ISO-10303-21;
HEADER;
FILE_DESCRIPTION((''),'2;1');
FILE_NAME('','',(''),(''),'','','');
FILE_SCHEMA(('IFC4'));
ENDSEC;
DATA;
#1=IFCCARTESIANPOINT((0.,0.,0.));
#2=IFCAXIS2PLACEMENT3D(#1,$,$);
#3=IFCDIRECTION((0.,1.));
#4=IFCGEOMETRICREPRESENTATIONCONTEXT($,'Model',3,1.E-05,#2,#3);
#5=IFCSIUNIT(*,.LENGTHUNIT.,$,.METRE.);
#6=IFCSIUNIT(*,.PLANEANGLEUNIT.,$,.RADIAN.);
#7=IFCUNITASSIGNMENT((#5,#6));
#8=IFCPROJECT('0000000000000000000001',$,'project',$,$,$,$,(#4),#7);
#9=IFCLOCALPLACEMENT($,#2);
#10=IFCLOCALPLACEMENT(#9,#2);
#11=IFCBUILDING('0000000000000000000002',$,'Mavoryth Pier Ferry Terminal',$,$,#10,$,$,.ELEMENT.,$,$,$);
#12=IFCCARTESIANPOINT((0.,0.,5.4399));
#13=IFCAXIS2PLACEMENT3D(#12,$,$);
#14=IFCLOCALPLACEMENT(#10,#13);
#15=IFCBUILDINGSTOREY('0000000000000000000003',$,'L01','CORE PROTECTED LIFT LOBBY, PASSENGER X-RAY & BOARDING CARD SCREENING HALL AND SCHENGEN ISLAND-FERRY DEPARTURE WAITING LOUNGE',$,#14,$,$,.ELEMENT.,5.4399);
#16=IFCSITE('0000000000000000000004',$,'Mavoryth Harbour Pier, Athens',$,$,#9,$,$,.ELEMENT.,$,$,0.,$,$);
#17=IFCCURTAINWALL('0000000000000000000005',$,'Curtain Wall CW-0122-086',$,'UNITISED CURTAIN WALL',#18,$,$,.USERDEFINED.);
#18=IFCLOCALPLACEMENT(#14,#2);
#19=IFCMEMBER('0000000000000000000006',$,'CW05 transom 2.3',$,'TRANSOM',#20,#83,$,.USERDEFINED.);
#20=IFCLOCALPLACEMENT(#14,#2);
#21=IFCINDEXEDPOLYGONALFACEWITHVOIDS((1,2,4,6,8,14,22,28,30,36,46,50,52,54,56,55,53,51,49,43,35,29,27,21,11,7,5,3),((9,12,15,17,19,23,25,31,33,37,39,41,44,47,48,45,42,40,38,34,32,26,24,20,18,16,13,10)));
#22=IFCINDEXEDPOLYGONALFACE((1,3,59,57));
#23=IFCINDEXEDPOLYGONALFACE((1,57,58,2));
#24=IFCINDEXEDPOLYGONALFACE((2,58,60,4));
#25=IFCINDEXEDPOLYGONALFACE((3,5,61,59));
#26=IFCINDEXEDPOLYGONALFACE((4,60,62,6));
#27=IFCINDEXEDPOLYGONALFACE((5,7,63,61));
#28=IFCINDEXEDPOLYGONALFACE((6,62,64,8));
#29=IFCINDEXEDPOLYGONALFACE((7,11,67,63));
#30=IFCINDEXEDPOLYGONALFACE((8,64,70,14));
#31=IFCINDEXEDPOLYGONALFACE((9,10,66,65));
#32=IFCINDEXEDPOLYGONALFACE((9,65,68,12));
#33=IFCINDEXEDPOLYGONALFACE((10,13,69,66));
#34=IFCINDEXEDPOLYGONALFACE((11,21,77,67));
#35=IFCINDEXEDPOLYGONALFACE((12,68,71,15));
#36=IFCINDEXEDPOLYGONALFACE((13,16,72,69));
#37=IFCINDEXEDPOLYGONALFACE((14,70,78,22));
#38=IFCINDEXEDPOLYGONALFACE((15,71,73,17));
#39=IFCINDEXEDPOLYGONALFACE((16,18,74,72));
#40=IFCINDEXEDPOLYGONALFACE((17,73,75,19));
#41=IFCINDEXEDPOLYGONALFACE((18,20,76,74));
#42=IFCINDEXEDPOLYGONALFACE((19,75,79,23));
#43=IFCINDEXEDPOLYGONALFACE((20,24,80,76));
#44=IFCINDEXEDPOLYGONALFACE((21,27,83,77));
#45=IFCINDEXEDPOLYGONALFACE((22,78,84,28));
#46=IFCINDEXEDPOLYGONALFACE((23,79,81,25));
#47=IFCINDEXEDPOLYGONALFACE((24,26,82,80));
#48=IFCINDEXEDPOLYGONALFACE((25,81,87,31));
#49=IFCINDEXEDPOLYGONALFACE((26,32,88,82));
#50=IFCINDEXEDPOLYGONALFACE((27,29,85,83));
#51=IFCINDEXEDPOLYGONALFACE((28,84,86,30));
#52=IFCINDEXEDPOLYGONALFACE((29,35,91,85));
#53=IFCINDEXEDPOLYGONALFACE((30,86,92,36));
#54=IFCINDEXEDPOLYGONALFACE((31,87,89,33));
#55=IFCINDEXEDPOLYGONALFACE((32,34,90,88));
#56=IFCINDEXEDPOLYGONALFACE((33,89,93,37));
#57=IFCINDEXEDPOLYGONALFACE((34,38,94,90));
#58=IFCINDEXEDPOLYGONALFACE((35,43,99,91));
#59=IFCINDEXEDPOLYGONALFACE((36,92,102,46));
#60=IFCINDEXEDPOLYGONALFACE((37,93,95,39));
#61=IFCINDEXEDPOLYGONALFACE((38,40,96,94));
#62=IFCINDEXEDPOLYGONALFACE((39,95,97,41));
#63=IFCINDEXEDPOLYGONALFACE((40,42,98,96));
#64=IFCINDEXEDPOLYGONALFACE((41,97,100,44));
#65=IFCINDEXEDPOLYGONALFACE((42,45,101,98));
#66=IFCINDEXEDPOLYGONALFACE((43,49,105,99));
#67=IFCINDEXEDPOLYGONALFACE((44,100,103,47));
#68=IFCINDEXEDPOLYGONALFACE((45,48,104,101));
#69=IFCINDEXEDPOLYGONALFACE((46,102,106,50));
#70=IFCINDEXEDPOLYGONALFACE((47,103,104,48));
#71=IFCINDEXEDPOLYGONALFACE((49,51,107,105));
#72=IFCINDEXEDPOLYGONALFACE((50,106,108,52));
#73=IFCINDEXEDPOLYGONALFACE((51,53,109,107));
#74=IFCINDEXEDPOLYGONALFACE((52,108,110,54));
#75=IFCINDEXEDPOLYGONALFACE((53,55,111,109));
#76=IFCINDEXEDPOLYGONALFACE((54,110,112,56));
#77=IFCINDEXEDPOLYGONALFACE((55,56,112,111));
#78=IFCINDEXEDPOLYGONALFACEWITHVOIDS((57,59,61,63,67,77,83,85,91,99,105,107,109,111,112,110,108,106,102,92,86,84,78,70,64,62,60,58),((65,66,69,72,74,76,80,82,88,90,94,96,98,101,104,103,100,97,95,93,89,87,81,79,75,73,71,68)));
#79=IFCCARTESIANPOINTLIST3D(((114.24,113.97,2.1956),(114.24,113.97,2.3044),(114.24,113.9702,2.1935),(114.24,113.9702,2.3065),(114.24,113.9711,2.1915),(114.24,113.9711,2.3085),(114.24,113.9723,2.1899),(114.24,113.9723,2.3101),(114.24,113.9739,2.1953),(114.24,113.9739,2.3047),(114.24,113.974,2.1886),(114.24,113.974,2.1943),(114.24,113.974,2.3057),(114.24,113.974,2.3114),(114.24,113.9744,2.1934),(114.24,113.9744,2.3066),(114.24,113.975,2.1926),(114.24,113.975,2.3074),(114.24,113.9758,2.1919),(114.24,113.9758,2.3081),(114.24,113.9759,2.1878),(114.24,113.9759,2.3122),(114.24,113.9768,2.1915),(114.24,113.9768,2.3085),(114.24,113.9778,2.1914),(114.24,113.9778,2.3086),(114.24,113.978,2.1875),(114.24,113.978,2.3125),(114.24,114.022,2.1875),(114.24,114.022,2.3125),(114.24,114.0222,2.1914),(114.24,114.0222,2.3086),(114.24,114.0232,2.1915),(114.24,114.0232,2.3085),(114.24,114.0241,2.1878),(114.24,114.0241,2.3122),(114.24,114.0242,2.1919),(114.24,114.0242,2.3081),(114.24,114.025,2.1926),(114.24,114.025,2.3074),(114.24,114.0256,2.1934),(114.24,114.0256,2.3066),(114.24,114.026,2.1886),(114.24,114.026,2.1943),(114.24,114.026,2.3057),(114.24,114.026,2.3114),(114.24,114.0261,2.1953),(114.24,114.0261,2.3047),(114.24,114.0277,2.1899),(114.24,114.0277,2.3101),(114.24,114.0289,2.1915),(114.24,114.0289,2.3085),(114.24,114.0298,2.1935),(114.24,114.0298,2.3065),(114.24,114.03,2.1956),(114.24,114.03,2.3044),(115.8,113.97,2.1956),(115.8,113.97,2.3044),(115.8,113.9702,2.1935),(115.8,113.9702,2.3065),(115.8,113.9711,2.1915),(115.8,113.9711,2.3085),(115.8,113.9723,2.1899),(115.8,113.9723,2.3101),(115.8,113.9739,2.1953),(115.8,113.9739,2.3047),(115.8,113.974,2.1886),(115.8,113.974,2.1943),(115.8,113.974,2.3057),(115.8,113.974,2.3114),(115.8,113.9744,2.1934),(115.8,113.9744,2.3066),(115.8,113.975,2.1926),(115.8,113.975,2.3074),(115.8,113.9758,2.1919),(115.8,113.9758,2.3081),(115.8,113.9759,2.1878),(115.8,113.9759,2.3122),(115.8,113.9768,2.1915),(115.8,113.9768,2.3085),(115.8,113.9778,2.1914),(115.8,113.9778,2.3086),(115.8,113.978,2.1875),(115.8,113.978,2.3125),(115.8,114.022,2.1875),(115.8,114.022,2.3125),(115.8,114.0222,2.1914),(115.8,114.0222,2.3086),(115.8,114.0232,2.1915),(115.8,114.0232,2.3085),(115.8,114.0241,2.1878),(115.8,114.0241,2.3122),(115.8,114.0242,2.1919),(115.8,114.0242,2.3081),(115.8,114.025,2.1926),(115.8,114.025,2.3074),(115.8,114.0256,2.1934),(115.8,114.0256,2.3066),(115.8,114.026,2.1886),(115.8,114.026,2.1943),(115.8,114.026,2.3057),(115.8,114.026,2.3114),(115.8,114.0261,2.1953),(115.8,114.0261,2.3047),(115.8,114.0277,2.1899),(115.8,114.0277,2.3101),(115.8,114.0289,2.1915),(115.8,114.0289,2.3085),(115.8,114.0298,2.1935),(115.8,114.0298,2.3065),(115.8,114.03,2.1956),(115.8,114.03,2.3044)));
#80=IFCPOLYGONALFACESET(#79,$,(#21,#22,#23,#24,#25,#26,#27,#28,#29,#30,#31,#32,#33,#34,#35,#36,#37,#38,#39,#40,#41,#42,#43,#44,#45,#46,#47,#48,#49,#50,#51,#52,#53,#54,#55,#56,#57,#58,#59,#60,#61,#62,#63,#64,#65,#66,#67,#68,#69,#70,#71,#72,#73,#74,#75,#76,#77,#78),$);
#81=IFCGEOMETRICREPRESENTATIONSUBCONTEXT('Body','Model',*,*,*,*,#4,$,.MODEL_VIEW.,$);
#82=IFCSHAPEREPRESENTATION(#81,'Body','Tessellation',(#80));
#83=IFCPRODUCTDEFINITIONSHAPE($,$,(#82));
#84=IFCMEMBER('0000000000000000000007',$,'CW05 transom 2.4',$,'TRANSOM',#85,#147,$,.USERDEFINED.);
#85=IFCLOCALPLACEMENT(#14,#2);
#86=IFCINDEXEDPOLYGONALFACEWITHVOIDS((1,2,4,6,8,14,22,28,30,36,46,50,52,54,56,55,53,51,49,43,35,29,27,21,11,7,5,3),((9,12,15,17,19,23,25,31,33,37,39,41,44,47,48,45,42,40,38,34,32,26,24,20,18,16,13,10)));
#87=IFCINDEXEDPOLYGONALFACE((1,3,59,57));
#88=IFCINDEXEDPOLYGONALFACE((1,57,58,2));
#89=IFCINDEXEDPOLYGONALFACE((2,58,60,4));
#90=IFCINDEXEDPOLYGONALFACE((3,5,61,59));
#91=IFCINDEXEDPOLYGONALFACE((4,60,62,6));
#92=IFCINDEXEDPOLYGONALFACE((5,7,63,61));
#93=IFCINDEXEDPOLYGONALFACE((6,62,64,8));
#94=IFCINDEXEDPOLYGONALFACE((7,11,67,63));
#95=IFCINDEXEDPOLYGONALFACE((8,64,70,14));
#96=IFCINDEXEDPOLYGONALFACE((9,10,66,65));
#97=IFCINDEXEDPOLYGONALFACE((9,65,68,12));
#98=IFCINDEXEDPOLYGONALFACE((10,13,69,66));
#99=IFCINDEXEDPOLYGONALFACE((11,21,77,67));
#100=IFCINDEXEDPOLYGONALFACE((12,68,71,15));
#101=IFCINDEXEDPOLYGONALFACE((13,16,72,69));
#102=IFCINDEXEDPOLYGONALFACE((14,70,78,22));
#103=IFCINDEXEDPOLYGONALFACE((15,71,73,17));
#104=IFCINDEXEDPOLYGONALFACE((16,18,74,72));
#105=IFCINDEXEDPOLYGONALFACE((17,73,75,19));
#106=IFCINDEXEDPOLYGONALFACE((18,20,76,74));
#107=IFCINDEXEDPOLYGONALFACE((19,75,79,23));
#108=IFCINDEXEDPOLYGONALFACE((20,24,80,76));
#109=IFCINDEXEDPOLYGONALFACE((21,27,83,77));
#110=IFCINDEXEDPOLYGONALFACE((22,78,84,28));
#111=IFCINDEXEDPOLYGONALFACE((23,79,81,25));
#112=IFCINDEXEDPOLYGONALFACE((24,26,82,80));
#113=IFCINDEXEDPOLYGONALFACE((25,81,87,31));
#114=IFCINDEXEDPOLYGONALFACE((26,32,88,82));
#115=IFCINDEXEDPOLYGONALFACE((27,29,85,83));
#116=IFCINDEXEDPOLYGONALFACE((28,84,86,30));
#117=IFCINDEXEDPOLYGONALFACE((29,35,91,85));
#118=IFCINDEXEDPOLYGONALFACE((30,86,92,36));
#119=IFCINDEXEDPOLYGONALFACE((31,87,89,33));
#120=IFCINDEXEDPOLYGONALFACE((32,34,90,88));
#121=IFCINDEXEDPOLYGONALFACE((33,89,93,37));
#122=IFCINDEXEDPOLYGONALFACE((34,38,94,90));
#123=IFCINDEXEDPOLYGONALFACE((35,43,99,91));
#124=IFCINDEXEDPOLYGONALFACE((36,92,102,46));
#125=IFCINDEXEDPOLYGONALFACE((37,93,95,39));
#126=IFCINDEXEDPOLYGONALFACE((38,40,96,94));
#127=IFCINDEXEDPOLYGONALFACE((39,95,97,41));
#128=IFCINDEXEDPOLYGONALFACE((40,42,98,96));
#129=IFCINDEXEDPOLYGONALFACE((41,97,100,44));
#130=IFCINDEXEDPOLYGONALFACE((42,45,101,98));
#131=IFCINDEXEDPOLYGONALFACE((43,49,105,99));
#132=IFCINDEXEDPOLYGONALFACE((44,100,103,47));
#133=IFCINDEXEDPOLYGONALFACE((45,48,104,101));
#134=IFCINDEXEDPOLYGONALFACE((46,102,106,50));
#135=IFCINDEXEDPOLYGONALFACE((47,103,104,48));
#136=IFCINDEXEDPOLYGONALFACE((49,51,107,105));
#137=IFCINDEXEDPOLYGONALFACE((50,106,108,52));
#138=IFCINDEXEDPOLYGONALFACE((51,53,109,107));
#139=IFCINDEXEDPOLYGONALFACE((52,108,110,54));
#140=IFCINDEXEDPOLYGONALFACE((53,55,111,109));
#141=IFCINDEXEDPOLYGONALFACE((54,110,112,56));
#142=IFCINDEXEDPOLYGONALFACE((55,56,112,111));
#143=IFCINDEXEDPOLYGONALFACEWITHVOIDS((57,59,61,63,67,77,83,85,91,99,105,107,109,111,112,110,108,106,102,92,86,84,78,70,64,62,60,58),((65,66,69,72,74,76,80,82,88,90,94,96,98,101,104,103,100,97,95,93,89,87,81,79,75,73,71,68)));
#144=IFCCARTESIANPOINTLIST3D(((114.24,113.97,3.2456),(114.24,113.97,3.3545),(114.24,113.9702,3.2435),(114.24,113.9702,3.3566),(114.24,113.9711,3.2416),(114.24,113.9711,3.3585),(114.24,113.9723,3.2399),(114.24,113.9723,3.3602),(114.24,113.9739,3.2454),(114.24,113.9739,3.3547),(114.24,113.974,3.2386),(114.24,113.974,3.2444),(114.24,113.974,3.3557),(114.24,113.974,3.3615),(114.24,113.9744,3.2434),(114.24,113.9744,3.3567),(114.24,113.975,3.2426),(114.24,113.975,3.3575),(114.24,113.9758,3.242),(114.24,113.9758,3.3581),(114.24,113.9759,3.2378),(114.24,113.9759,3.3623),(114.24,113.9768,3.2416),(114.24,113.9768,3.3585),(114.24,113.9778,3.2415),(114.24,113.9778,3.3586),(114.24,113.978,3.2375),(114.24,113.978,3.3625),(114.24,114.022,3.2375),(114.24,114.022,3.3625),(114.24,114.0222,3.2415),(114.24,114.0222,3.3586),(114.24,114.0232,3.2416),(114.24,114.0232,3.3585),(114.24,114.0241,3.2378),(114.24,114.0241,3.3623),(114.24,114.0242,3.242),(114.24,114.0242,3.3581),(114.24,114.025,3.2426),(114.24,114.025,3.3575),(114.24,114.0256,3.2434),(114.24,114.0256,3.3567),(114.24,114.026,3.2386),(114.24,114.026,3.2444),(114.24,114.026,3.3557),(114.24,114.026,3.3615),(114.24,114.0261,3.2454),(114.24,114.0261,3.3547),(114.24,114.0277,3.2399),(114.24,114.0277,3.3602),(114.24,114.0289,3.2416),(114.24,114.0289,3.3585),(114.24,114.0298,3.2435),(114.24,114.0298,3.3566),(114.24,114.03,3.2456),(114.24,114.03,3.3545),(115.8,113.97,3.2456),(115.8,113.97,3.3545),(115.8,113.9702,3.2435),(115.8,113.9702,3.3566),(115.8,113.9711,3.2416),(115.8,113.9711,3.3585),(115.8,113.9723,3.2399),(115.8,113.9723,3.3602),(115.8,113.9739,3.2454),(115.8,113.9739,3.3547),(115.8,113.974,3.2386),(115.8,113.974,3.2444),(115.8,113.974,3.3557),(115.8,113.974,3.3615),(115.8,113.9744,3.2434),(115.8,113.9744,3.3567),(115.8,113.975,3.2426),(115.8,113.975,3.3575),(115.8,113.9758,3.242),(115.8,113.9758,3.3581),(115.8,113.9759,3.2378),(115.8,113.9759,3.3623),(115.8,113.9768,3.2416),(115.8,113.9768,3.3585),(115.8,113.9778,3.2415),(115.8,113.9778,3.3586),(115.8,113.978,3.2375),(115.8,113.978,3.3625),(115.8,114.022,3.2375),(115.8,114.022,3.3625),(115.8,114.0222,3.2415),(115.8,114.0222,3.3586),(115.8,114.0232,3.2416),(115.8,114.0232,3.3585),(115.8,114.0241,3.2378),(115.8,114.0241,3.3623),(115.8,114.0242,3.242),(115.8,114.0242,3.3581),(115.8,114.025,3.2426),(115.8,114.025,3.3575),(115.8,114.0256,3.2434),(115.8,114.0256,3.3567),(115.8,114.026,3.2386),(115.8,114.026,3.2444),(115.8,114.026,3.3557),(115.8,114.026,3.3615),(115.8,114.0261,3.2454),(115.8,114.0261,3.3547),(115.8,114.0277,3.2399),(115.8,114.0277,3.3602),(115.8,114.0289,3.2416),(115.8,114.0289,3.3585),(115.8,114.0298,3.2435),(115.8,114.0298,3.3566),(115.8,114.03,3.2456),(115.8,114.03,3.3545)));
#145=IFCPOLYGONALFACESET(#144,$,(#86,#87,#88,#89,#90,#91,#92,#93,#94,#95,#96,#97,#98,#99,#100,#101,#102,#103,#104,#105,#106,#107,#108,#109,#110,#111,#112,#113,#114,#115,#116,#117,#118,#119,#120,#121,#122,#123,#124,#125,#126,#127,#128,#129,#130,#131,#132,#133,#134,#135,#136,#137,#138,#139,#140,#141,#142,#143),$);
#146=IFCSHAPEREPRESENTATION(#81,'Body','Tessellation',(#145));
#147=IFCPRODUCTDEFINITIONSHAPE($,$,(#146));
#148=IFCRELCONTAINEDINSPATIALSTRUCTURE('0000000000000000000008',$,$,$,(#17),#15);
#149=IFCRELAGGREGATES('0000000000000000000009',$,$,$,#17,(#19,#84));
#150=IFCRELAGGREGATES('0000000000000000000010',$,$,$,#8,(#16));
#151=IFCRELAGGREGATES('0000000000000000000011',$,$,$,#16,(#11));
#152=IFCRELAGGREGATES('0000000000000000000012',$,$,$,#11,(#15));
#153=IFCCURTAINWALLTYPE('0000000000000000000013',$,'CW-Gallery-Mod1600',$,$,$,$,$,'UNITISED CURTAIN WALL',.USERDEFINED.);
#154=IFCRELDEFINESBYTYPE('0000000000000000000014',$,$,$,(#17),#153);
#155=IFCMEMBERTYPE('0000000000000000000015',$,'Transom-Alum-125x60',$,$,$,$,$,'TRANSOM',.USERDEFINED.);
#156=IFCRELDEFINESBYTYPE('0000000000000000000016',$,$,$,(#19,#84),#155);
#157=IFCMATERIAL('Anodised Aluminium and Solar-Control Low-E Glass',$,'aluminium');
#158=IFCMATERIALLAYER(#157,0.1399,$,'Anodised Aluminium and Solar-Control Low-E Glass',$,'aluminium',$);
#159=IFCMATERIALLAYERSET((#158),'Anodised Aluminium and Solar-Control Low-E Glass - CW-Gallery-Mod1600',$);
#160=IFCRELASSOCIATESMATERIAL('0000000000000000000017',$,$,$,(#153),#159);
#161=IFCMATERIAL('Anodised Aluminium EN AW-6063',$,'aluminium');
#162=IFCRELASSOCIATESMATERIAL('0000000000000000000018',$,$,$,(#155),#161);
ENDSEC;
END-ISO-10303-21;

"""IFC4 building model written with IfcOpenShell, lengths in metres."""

from ifc_helpers import new_model, si_unit, direction, frame, origin, origin_2d, place, context, subcontext, project, spatial, hollow_rectangle, extrude, material, layer, layer_set, material_profile, profile_set, type_object, element, aggregate, save


model = new_model("IFC4")

# Units and contexts
model_context = context("Model", 3, precision=1e-05, world=origin(), true_north=direction((0.0, 1.0)))
body_context = subcontext(model_context, "Body", "Model", "MODEL_VIEW")
ifc_project = project(units=[si_unit("LENGTHUNIT", "METRE"), si_unit("PLANEANGLEUNIT", "RADIAN")], contexts=[model_context])

# Site, building, storey
site_placement = place(None, origin())
site = spatial("IfcSite", under=ifc_project, at=site_placement, Name="Mavoryth Harbour Pier, Athens", CompositionType="ELEMENT", RefElevation=0.0)
building_placement = place(site_placement, origin())
building = spatial("IfcBuilding", under=site, at=building_placement, Name="Mavoryth Pier Ferry Terminal", CompositionType="ELEMENT")
storey_placement = place(building_placement, frame((0.0, 0.0, 5.4399)))
storey = spatial("IfcBuildingStorey", under=building, at=storey_placement, Name="L01", Description="CORE PROTECTED LIFT LOBBY, PASSENGER X-RAY & BOARDING CARD SCREENING HALL AND SCHENGEN ISLAND-FERRY DEPARTURE WAITING LOUNGE", CompositionType="ELEMENT", Elevation=5.4399)

# Curtain wall
ifc_material_1 = material(Name="Anodised Aluminium and Solar-Control Low-E Glass", Category="aluminium")
ifc_layer_1 = layer(ifc_material_1, 0.1399, Name="Anodised Aluminium and Solar-Control Low-E Glass", Category="aluminium")
ifc_layer_set_1 = layer_set([ifc_layer_1], Name="Anodised Aluminium and Solar-Control Low-E Glass - CW-Gallery-Mod1600")
curtain_wall_type = type_object("IfcCurtainWallType", Name="CW-Gallery-Mod1600", ElementType="UNITISED CURTAIN WALL", PredefinedType="USERDEFINED", material=ifc_layer_set_1)
curtain_wall_1_placement = place(storey_placement, origin())
curtain_wall_1 = element("IfcCurtainWall", 1, at=curtain_wall_1_placement, inside=storey, type_object=curtain_wall_type, Name="Curtain Wall CW-0122-086", ObjectType="UNITISED CURTAIN WALL", PredefinedType="USERDEFINED")
ifc_material_2 = material(Name="Anodised Aluminium EN AW-6063", Category="aluminium")

# Members
ifc_material_profile_1 = material_profile(ifc_material_2, hollow_rectangle(XDim=0.0601, YDim=0.125, WallThickness=0.0039, InnerFilletRadius=0.0039, OuterFilletRadius=0.0081, at=origin_2d()), Name="AL-TRAN 125x60x4", Category="aluminium")
ifc_profile_set_1 = profile_set([ifc_material_profile_1], Name="Anodised Aluminium EN AW-6063 - AL-TRAN 125x60x4")
member_type_1 = type_object("IfcMemberType", Name="Transom-Alum-125x60", ElementType="TRANSOM", PredefinedType="USERDEFINED", material=ifc_profile_set_1)
member_1_placement = place(storey_placement, frame((115.8, 114.0, 2.25), z_axis=(-1.0, 0.0, 0.0), x_axis=(0.0, -1.0, 0.0)))
member_1 = element("IfcMember", 2, at=member_1_placement, type_object=member_type_1, Name="CW05 transom 2.3", ObjectType="TRANSOM", PredefinedType="USERDEFINED", context=body_context, shape_type="SweptSolid", body=[
    extrude(hollow_rectangle(XDim=0.0601, YDim=0.125, WallThickness=0.0039, InnerFilletRadius=0.0039, OuterFilletRadius=0.0081, at=origin_2d()), origin(), (0.0, 0.0, 1.0), 1.5601),
])
member_2_placement = place(storey_placement, frame((115.8, 114.0, 3.3), z_axis=(-1.0, 0.0, 0.0), x_axis=(0.0, -1.0, 0.0)))
member_2 = element("IfcMember", 3, at=member_2_placement, type_object=member_type_1, Name="CW05 transom 2.4", ObjectType="TRANSOM", PredefinedType="USERDEFINED", context=body_context, shape_type="SweptSolid", body=[
    extrude(hollow_rectangle(XDim=0.0601, YDim=0.125, WallThickness=0.0039, InnerFilletRadius=0.0039, OuterFilletRadius=0.0081, at=origin_2d()), origin(), (0.0, 0.0, 1.0), 1.5601),
])

aggregate(curtain_wall_1, [member_1, member_2])

save(model, "model.ifc")
